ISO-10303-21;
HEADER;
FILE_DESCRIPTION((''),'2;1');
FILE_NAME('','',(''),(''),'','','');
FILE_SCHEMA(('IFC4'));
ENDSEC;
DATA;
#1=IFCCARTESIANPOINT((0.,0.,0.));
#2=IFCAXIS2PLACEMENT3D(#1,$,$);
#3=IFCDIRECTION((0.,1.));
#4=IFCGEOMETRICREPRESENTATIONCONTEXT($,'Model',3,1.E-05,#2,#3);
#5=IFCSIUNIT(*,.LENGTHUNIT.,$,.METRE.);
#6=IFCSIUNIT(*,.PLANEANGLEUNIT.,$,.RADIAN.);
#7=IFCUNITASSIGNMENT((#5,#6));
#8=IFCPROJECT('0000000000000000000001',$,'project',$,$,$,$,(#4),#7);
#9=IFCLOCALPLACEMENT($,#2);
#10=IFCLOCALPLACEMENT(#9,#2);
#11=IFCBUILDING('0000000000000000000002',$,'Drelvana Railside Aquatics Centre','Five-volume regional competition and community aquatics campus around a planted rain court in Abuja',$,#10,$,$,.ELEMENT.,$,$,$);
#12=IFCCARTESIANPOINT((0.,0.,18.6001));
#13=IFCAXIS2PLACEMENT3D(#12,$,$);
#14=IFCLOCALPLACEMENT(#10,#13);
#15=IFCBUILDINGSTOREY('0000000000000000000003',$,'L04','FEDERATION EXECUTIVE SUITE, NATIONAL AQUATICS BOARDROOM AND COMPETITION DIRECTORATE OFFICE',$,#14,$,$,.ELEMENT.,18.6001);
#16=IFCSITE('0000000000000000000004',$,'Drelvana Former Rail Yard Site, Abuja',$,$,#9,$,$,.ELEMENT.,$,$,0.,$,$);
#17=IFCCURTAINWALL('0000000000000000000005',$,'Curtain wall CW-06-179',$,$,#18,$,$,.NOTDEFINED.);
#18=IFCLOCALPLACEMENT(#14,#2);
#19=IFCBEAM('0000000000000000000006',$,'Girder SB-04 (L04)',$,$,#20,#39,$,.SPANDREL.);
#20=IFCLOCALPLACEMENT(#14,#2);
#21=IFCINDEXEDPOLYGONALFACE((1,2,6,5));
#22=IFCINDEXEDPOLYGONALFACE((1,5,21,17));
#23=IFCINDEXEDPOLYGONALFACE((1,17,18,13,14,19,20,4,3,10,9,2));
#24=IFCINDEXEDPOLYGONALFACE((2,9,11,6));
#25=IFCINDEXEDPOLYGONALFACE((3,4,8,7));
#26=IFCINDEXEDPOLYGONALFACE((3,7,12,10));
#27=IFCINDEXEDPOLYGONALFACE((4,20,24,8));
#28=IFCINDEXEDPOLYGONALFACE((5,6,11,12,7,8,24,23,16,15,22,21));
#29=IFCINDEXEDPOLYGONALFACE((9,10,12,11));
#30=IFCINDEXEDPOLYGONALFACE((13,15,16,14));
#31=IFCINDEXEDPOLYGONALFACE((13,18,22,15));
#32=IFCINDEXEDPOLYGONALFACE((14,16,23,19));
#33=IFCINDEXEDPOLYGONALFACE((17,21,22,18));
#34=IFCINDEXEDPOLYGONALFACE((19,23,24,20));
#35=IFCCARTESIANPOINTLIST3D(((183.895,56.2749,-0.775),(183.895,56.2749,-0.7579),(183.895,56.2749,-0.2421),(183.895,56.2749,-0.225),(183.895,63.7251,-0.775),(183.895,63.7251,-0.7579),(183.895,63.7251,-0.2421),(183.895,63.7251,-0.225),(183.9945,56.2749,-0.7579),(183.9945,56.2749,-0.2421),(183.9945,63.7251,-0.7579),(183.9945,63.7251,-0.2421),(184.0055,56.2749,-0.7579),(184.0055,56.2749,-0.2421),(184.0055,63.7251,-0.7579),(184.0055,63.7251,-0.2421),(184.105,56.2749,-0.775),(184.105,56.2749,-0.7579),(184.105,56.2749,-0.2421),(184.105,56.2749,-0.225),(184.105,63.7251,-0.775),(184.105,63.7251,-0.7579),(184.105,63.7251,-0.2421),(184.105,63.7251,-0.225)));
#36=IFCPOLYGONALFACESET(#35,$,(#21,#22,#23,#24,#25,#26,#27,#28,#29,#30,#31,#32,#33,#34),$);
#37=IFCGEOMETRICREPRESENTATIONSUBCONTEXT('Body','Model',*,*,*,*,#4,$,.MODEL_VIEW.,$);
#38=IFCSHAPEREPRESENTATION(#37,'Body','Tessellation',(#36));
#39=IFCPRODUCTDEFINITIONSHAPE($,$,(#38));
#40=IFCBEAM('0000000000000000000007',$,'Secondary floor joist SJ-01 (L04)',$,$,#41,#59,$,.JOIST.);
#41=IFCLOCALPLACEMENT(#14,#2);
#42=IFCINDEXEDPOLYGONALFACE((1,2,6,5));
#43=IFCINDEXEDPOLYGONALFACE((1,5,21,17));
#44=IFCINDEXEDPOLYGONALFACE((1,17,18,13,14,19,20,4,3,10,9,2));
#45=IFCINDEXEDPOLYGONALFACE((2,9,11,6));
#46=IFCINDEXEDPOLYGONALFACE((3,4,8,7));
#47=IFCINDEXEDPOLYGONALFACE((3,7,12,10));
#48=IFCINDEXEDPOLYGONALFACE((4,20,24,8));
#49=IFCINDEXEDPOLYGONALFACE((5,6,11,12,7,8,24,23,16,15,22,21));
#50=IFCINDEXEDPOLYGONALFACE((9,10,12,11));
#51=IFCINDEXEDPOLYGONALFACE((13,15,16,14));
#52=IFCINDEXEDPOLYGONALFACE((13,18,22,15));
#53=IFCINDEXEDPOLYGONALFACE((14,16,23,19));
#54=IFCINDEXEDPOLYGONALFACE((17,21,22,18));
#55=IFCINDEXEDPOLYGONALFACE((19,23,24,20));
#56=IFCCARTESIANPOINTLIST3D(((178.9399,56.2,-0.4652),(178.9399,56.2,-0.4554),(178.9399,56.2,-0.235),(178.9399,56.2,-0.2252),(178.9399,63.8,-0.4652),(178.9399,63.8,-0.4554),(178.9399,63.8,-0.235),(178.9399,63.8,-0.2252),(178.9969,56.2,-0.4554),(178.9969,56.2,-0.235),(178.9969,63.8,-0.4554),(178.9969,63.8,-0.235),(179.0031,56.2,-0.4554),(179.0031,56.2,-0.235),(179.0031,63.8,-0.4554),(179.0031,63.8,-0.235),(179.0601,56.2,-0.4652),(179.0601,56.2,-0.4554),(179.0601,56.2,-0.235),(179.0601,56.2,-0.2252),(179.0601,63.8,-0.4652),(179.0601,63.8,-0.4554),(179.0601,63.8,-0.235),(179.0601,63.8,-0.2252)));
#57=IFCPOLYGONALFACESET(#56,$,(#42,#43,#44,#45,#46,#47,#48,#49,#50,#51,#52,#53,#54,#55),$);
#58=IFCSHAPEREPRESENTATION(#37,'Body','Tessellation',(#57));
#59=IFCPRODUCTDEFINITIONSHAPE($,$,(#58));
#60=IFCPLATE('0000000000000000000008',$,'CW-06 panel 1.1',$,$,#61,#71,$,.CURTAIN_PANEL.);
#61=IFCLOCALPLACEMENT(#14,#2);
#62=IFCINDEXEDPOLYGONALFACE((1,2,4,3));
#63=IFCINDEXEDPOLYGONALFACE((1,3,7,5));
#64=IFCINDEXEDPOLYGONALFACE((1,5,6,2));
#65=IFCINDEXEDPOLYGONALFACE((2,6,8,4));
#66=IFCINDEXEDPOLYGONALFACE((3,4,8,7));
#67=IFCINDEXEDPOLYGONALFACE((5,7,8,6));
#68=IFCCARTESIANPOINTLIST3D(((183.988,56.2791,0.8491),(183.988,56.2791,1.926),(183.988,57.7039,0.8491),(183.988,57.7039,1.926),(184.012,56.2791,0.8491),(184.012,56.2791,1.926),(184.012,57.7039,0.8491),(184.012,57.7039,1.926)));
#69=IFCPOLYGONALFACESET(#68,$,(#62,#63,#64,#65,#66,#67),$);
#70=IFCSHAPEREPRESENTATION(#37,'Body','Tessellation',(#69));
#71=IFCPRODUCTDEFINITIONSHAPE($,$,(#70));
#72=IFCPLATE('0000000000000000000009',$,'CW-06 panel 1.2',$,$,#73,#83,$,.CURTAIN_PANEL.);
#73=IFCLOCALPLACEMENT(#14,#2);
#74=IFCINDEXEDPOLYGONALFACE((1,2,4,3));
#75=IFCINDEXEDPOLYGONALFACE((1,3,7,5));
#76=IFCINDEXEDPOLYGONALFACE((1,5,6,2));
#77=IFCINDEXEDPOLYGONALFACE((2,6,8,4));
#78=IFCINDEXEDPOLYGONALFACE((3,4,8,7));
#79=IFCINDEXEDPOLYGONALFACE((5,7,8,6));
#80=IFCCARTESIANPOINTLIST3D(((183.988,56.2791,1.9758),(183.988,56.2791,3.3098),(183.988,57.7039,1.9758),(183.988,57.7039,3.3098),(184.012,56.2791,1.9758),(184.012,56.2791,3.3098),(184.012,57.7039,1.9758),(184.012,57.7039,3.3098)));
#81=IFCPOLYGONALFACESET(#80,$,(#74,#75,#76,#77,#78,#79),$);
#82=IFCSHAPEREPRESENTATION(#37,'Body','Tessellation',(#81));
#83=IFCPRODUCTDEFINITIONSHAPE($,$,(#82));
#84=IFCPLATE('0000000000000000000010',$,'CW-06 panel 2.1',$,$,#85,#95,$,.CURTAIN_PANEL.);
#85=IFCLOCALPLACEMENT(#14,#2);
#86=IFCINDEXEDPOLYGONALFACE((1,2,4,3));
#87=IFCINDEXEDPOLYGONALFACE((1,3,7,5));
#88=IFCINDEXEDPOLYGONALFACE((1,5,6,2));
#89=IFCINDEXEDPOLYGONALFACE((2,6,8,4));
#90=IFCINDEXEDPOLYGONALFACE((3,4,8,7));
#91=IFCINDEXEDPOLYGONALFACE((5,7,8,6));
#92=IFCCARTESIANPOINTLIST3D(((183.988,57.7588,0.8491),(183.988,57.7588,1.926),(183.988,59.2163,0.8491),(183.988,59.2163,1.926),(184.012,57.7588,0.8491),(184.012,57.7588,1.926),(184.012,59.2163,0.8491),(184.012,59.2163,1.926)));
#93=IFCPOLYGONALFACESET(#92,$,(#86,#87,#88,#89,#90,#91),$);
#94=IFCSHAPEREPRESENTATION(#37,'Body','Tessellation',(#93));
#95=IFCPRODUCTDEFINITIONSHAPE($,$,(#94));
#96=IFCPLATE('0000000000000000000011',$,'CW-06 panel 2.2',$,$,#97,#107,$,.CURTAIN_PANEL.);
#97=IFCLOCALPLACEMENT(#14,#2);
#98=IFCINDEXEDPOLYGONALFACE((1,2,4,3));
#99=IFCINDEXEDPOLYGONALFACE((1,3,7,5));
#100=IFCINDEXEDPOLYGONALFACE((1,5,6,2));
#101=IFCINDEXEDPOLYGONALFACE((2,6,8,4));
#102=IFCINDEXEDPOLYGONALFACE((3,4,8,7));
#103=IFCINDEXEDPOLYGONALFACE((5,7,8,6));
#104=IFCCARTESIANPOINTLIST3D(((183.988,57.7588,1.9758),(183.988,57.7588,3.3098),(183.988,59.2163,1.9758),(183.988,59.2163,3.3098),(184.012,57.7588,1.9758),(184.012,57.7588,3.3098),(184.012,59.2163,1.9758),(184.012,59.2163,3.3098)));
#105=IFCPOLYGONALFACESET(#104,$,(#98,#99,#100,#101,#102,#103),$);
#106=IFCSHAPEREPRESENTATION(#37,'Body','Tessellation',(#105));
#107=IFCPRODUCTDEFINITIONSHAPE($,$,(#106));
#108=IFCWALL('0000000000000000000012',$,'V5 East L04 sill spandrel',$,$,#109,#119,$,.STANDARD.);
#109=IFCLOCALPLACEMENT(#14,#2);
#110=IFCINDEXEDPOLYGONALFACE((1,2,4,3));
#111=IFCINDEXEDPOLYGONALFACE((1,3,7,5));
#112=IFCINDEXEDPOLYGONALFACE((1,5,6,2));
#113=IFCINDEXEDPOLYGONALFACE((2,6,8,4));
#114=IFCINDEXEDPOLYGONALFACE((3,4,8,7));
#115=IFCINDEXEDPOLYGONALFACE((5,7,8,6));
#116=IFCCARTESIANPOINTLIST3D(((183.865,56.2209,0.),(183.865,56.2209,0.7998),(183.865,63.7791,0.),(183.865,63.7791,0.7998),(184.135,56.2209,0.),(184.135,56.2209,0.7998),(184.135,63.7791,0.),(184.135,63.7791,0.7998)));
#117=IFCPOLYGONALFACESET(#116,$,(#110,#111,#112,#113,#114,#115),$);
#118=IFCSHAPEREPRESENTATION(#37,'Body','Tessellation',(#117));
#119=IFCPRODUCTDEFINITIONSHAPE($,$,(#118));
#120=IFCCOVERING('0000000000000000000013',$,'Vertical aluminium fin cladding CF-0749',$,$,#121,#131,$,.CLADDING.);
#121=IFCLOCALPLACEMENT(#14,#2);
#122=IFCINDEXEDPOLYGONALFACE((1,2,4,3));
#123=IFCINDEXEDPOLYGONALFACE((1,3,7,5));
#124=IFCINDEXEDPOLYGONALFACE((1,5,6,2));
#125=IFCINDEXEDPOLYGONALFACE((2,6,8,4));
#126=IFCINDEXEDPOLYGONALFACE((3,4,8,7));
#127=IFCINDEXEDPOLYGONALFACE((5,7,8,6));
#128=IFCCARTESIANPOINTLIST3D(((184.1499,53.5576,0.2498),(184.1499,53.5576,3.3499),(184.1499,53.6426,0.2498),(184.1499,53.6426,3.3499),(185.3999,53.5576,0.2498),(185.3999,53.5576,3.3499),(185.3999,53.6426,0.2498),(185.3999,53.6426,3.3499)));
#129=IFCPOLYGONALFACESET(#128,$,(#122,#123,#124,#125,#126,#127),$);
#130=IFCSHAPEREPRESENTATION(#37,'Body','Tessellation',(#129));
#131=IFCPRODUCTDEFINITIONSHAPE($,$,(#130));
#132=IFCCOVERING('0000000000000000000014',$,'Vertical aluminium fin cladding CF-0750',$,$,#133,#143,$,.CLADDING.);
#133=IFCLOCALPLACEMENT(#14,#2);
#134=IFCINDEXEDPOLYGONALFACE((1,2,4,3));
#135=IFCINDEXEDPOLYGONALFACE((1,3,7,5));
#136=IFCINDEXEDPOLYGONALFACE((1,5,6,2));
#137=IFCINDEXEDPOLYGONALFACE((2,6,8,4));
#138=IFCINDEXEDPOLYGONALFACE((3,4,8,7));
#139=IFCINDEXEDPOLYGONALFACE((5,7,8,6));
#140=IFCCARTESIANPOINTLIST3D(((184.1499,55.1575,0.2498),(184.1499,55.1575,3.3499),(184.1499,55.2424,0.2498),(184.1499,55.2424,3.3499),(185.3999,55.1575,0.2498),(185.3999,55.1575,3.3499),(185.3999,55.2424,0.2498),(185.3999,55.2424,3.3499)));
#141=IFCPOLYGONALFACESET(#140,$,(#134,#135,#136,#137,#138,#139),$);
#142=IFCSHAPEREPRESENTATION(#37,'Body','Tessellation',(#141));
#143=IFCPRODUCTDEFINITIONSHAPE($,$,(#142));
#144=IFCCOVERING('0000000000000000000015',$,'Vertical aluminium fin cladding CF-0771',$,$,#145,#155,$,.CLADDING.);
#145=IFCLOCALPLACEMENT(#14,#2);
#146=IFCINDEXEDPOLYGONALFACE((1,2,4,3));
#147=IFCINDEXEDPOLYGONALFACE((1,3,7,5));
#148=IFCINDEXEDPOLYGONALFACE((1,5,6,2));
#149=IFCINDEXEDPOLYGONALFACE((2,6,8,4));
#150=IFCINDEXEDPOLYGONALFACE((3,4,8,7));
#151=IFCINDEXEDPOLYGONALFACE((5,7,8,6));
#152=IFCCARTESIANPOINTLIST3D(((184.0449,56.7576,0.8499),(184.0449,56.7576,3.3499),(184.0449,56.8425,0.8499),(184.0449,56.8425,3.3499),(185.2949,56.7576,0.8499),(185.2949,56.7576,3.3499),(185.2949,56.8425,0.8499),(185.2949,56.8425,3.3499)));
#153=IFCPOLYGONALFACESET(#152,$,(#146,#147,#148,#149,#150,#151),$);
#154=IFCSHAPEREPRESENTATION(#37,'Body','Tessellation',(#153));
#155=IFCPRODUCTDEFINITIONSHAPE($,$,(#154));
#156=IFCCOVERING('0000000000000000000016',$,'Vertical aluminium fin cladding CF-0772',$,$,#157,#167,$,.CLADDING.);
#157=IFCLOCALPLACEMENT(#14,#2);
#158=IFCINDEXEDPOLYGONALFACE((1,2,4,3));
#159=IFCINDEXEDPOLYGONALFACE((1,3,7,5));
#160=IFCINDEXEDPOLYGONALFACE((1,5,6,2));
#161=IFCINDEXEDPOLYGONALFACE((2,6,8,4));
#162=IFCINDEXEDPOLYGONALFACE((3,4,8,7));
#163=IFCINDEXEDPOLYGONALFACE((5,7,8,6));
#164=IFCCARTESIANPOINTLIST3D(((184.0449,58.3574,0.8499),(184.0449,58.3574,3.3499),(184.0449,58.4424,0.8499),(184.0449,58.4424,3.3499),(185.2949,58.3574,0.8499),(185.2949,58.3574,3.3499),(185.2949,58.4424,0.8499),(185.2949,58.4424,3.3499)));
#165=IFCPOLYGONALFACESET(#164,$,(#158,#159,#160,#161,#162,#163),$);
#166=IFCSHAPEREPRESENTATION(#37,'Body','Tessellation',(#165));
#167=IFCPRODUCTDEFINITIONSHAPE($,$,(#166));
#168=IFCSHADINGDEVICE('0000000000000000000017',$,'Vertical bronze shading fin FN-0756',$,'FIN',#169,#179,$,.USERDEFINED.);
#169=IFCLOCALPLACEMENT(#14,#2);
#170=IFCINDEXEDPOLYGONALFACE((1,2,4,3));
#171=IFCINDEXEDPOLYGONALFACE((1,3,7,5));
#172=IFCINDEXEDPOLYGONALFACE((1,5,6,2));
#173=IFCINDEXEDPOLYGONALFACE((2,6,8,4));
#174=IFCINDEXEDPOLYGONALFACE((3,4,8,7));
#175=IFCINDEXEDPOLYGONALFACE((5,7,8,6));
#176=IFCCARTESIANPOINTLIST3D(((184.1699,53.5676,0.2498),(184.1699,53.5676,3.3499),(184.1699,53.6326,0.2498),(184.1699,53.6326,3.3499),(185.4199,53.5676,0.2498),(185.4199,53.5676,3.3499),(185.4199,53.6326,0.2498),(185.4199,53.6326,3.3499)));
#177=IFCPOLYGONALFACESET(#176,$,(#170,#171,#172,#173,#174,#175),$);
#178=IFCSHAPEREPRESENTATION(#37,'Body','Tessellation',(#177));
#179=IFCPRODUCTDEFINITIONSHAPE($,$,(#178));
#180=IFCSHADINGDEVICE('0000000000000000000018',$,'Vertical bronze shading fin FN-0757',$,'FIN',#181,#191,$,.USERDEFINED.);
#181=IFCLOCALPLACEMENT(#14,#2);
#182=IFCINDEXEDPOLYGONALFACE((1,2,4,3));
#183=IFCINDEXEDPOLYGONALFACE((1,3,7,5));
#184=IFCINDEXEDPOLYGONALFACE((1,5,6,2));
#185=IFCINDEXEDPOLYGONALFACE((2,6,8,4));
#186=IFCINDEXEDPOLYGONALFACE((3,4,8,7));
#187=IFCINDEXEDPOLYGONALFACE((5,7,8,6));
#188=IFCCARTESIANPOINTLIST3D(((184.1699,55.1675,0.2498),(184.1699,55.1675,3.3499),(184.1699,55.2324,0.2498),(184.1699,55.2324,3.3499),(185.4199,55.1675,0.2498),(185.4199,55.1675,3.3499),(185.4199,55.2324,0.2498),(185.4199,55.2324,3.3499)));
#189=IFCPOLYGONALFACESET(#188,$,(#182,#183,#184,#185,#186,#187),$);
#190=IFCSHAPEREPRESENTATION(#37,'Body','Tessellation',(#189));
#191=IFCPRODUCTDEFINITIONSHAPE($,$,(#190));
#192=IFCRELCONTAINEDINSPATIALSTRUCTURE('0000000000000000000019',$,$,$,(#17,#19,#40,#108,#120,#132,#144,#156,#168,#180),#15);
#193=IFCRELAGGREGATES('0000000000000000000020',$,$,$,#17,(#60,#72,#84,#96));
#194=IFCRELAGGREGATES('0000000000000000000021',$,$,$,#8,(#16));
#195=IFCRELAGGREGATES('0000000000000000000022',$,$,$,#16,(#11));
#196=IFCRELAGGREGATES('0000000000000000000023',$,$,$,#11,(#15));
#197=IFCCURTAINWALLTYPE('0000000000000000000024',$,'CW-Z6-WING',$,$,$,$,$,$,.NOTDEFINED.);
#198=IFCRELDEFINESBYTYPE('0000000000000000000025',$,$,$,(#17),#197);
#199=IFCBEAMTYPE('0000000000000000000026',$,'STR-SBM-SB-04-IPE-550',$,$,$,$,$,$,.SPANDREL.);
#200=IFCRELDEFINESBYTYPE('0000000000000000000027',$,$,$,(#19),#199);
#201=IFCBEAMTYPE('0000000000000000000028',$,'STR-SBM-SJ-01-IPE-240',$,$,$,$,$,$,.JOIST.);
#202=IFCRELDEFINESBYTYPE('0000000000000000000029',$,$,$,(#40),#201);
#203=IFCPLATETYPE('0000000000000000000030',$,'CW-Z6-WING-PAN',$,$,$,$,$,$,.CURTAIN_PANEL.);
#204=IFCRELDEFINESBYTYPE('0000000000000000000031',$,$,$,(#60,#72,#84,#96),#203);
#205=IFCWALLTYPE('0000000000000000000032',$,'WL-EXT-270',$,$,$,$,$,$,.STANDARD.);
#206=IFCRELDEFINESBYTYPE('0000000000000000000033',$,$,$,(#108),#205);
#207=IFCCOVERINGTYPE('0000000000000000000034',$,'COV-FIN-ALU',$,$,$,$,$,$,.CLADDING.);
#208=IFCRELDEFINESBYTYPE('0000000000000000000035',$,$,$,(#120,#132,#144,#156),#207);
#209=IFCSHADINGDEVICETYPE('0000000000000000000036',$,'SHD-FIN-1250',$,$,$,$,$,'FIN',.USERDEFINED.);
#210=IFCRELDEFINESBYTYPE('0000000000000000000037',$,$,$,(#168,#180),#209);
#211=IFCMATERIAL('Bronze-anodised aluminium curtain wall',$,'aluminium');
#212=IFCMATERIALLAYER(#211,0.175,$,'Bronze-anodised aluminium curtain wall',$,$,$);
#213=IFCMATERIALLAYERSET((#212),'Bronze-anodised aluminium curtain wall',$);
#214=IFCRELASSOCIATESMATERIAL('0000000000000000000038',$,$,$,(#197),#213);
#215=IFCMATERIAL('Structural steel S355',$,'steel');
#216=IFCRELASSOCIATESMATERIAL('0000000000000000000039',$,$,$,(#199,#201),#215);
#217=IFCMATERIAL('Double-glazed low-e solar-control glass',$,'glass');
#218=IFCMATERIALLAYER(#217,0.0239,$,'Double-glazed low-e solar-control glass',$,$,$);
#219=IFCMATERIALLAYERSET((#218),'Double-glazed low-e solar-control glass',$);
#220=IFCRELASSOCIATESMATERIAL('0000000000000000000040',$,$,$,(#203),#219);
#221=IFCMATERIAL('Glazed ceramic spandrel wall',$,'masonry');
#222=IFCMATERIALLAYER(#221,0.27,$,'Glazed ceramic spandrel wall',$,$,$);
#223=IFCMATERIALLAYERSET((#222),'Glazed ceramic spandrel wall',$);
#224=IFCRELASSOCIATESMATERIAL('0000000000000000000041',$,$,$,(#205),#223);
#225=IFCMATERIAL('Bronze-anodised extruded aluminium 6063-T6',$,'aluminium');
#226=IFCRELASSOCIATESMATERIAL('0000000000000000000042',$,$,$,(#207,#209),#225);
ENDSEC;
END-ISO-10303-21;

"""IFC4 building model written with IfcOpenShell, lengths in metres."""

from ifc_helpers import new_model, si_unit, direction, frame, frame_2d, origin, origin_2d, place, context, subcontext, project, spatial, rectangle, i_section, extrude, material, layer, layer_set, material_profile, profile_set, type_object, element, aggregate, save


model = new_model("IFC4")

# Units and contexts
model_context = context("Model", 3, precision=1e-05, world=origin(), true_north=direction((0.0, 1.0)))
body_context = subcontext(model_context, "Body", "Model", "MODEL_VIEW")
ifc_project = project(units=[si_unit("LENGTHUNIT", "METRE"), si_unit("PLANEANGLEUNIT", "RADIAN")], contexts=[model_context])

# Site, building, storey
site_placement = place(None, origin())
site = spatial("IfcSite", under=ifc_project, at=site_placement, Name="Drelvana Former Rail Yard Site, Abuja", CompositionType="ELEMENT", RefElevation=0.0)
building_placement = place(site_placement, origin())
building = spatial("IfcBuilding", under=site, at=building_placement, Name="Drelvana Railside Aquatics Centre", Description="Five-volume regional competition and community aquatics campus around a planted rain court in Abuja", CompositionType="ELEMENT")
storey_placement = place(building_placement, frame((0.0, 0.0, 18.6001)))
storey = spatial("IfcBuildingStorey", under=building, at=storey_placement, Name="L04", Description="FEDERATION EXECUTIVE SUITE, NATIONAL AQUATICS BOARDROOM AND COMPETITION DIRECTORATE OFFICE", CompositionType="ELEMENT", Elevation=18.6001)

# Curtain wall
ifc_material_1 = material(Name="Bronze-anodised aluminium curtain wall", Category="aluminium")
ifc_layer_1 = layer(ifc_material_1, 0.175, Name="Bronze-anodised aluminium curtain wall")
ifc_layer_set_1 = layer_set([ifc_layer_1], Name="Bronze-anodised aluminium curtain wall")
curtain_wall_type = type_object("IfcCurtainWallType", Name="CW-Z6-WING", PredefinedType="NOTDEFINED", material=ifc_layer_set_1)
curtain_wall_placement = place(storey_placement, origin())
curtain_wall = element("IfcCurtainWall", 1, at=curtain_wall_placement, inside=storey, type_object=curtain_wall_type, Name="Curtain wall CW-06-179", PredefinedType="NOTDEFINED")

# Beams
ifc_material_2 = material(Name="Structural steel S355", Category="steel")
ifc_material_profile_1 = material_profile(ifc_material_2, i_section(OverallWidth=0.21, OverallDepth=0.55, WebThickness=0.011, FlangeThickness=0.0171, at=origin_2d()), Name="IPE 550")
ifc_profile_set_1 = profile_set([ifc_material_profile_1], Name="Structural steel S355")
beam_type_1 = type_object("IfcBeamType", Name="STR-SBM-SB-04-IPE-550", PredefinedType="SPANDREL", material=ifc_profile_set_1)
beam_1_placement = place(storey_placement, frame((184.0, 56.2749, -0.5), z_axis=(0.0, 1.0, 0.0), x_axis=(-1.0, 0.0, 0.0)))
element("IfcBeam", 2, at=beam_1_placement, inside=storey, type_object=beam_type_1, Name="Girder SB-04 (L04)", PredefinedType="SPANDREL", context=body_context, shape_type="SweptSolid", body=[
    extrude(i_section(OverallWidth=0.21, OverallDepth=0.55, WebThickness=0.011, FlangeThickness=0.0171, at=origin_2d()), origin(), (0.0, 0.0, 1.0), 7.4502),
])
ifc_material_profile_2 = material_profile(ifc_material_2, i_section(OverallWidth=0.1201, OverallDepth=0.24, WebThickness=0.0061, FlangeThickness=0.0098, at=origin_2d()), Name="IPE 240")
ifc_profile_set_2 = profile_set([ifc_material_profile_2], Name="Structural steel S355")
beam_type_2 = type_object("IfcBeamType", Name="STR-SBM-SJ-01-IPE-240", PredefinedType="JOIST", material=ifc_profile_set_2)
beam_2_placement = place(storey_placement, frame((179.0, 56.2, -0.3452), z_axis=(0.0, 1.0, 0.0), x_axis=(-1.0, 0.0, 0.0)))
element("IfcBeam", 3, at=beam_2_placement, inside=storey, type_object=beam_type_2, Name="Secondary floor joist SJ-01 (L04)", PredefinedType="JOIST", context=body_context, shape_type="SweptSolid", body=[
    extrude(i_section(OverallWidth=0.1201, OverallDepth=0.24, WebThickness=0.0061, FlangeThickness=0.0098, at=origin_2d()), origin(), (0.0, 0.0, 1.0), 7.6001),
])

# Plates
ifc_material_3 = material(Name="Double-glazed low-e solar-control glass", Category="glass")
ifc_layer_2 = layer(ifc_material_3, 0.0239, Name="Double-glazed low-e solar-control glass")
ifc_layer_set_2 = layer_set([ifc_layer_2], Name="Double-glazed low-e solar-control glass")
plate_type = type_object("IfcPlateType", Name="CW-Z6-WING-PAN", PredefinedType="CURTAIN_PANEL", material=ifc_layer_set_2)
plate_1_placement = place(storey_placement, frame((184.0, 56.9915, 0.8491), z_axis=(0.0, 0.0, 1.0), x_axis=(0.0, 1.0, 0.0)))
plate_1 = element("IfcPlate", 4, at=plate_1_placement, type_object=plate_type, Name="CW-06 panel 1.1", PredefinedType="CURTAIN_PANEL", context=body_context, shape_type="SweptSolid", body=[
    extrude(rectangle(XDim=1.4248, YDim=0.0239, at=origin_2d()), origin(), (0.0, 0.0, 1.0), 1.0769),
])
plate_2_placement = place(storey_placement, frame((184.0, 56.9915, 1.9758), z_axis=(0.0, 0.0, 1.0), x_axis=(0.0, 1.0, 0.0)))
plate_2 = element("IfcPlate", 5, at=plate_2_placement, type_object=plate_type, Name="CW-06 panel 1.2", PredefinedType="CURTAIN_PANEL", context=body_context, shape_type="SweptSolid", body=[
    extrude(rectangle(XDim=1.4248, YDim=0.0239, at=origin_2d()), origin(), (0.0, 0.0, 1.0), 1.334),
])
plate_3_placement = place(storey_placement, frame((184.0, 58.4875, 0.8491), z_axis=(0.0, 0.0, 1.0), x_axis=(0.0, 1.0, 0.0)))
plate_3 = element("IfcPlate", 6, at=plate_3_placement, type_object=plate_type, Name="CW-06 panel 2.1", PredefinedType="CURTAIN_PANEL", context=body_context, shape_type="SweptSolid", body=[
    extrude(rectangle(XDim=1.4575, YDim=0.0239, at=origin_2d()), origin(), (0.0, 0.0, 1.0), 1.0769),
])
plate_4_placement = place(storey_placement, frame((184.0, 58.4875, 1.9758), z_axis=(0.0, 0.0, 1.0), x_axis=(0.0, 1.0, 0.0)))
plate_4 = element("IfcPlate", 7, at=plate_4_placement, type_object=plate_type, Name="CW-06 panel 2.2", PredefinedType="CURTAIN_PANEL", context=body_context, shape_type="SweptSolid", body=[
    extrude(rectangle(XDim=1.4575, YDim=0.0239, at=origin_2d()), origin(), (0.0, 0.0, 1.0), 1.334),
])
aggregate(curtain_wall, [plate_1, plate_2, plate_3, plate_4])

# Wall
ifc_material_4 = material(Name="Glazed ceramic spandrel wall", Category="masonry")
ifc_layer_3 = layer(ifc_material_4, 0.27, Name="Glazed ceramic spandrel wall")
ifc_layer_set_3 = layer_set([ifc_layer_3], Name="Glazed ceramic spandrel wall")
wall_type = type_object("IfcWallType", Name="WL-EXT-270", PredefinedType="STANDARD", material=ifc_layer_set_3)
wall_placement = place(storey_placement, frame((184.0, 56.2209, 0.0), z_axis=(0.0, 0.0, 1.0), x_axis=(0.0, 1.0, 0.0)))
element("IfcWall", 8, at=wall_placement, inside=storey, type_object=wall_type, Name="V5 East L04 sill spandrel", PredefinedType="STANDARD", context=body_context, shape_type="SweptSolid", body=[
    extrude(rectangle(XDim=7.5581, YDim=0.27, at=frame_2d((3.7791, 0.0))), origin(), (0.0, 0.0, 1.0), 0.7998),
])

# Coverings
ifc_material_5 = material(Name="Bronze-anodised extruded aluminium 6063-T6", Category="aluminium")
covering_type = type_object("IfcCoveringType", Name="COV-FIN-ALU", PredefinedType="CLADDING", material=ifc_material_5)
for number, where, z_axis, x_axis, name in (
    (9, (184.7749, 53.6001, 0.2498), (0.0, 0.0, 1.0), (0.0, -1.0, 0.0), "Vertical aluminium fin cladding CF-0749"),
    (10, (184.7749, 55.2, 0.2498), (0.0, 0.0, 1.0), (0.0, -1.0, 0.0), "Vertical aluminium fin cladding CF-0750"),
):
    element("IfcCovering", number, at=place(storey_placement, frame(where, z_axis=z_axis, x_axis=x_axis)), inside=storey, type_object=covering_type, Name=name, PredefinedType="CLADDING", context=body_context, shape_type="SweptSolid", body=[
        extrude(rectangle(XDim=0.085, YDim=1.25, at=origin_2d()), origin(), (0.0, 0.0, 1.0), 3.1001),
    ])
for number, where, z_axis, x_axis, name in (
    (11, (184.6699, 56.8, 0.8499), (0.0, 0.0, 1.0), (0.0, -1.0, 0.0), "Vertical aluminium fin cladding CF-0771"),
    (12, (184.6699, 58.3999, 0.8499), (0.0, 0.0, 1.0), (0.0, -1.0, 0.0), "Vertical aluminium fin cladding CF-0772"),
):
    element("IfcCovering", number, at=place(storey_placement, frame(where, z_axis=z_axis, x_axis=x_axis)), inside=storey, type_object=covering_type, Name=name, PredefinedType="CLADDING", context=body_context, shape_type="SweptSolid", body=[
        extrude(rectangle(XDim=0.085, YDim=1.25, at=origin_2d()), origin(), (0.0, 0.0, 1.0), 2.5),
    ])

# Shading devices
shading_device_type = type_object("IfcShadingDeviceType", Name="SHD-FIN-1250", ElementType="FIN", PredefinedType="USERDEFINED", material=ifc_material_5)
for number, where, z_axis, x_axis, name in (
    (13, (184.7949, 53.6001, 0.2498), (0.0, 0.0, 1.0), (1.0, 0.0, 0.0), "Vertical bronze shading fin FN-0756"),
    (14, (184.7949, 55.2, 0.2498), (0.0, 0.0, 1.0), (1.0, 0.0, 0.0), "Vertical bronze shading fin FN-0757"),
):
    element("IfcShadingDevice", number, at=place(storey_placement, frame(where, z_axis=z_axis, x_axis=x_axis)), inside=storey, type_object=shading_device_type, Name=name, ObjectType="FIN", PredefinedType="USERDEFINED", context=body_context, shape_type="SweptSolid", body=[
        extrude(rectangle(XDim=1.25, YDim=0.0649, at=origin_2d()), origin(), (0.0, 0.0, 1.0), 3.1001),
    ])

save(model, "model.ifc")
